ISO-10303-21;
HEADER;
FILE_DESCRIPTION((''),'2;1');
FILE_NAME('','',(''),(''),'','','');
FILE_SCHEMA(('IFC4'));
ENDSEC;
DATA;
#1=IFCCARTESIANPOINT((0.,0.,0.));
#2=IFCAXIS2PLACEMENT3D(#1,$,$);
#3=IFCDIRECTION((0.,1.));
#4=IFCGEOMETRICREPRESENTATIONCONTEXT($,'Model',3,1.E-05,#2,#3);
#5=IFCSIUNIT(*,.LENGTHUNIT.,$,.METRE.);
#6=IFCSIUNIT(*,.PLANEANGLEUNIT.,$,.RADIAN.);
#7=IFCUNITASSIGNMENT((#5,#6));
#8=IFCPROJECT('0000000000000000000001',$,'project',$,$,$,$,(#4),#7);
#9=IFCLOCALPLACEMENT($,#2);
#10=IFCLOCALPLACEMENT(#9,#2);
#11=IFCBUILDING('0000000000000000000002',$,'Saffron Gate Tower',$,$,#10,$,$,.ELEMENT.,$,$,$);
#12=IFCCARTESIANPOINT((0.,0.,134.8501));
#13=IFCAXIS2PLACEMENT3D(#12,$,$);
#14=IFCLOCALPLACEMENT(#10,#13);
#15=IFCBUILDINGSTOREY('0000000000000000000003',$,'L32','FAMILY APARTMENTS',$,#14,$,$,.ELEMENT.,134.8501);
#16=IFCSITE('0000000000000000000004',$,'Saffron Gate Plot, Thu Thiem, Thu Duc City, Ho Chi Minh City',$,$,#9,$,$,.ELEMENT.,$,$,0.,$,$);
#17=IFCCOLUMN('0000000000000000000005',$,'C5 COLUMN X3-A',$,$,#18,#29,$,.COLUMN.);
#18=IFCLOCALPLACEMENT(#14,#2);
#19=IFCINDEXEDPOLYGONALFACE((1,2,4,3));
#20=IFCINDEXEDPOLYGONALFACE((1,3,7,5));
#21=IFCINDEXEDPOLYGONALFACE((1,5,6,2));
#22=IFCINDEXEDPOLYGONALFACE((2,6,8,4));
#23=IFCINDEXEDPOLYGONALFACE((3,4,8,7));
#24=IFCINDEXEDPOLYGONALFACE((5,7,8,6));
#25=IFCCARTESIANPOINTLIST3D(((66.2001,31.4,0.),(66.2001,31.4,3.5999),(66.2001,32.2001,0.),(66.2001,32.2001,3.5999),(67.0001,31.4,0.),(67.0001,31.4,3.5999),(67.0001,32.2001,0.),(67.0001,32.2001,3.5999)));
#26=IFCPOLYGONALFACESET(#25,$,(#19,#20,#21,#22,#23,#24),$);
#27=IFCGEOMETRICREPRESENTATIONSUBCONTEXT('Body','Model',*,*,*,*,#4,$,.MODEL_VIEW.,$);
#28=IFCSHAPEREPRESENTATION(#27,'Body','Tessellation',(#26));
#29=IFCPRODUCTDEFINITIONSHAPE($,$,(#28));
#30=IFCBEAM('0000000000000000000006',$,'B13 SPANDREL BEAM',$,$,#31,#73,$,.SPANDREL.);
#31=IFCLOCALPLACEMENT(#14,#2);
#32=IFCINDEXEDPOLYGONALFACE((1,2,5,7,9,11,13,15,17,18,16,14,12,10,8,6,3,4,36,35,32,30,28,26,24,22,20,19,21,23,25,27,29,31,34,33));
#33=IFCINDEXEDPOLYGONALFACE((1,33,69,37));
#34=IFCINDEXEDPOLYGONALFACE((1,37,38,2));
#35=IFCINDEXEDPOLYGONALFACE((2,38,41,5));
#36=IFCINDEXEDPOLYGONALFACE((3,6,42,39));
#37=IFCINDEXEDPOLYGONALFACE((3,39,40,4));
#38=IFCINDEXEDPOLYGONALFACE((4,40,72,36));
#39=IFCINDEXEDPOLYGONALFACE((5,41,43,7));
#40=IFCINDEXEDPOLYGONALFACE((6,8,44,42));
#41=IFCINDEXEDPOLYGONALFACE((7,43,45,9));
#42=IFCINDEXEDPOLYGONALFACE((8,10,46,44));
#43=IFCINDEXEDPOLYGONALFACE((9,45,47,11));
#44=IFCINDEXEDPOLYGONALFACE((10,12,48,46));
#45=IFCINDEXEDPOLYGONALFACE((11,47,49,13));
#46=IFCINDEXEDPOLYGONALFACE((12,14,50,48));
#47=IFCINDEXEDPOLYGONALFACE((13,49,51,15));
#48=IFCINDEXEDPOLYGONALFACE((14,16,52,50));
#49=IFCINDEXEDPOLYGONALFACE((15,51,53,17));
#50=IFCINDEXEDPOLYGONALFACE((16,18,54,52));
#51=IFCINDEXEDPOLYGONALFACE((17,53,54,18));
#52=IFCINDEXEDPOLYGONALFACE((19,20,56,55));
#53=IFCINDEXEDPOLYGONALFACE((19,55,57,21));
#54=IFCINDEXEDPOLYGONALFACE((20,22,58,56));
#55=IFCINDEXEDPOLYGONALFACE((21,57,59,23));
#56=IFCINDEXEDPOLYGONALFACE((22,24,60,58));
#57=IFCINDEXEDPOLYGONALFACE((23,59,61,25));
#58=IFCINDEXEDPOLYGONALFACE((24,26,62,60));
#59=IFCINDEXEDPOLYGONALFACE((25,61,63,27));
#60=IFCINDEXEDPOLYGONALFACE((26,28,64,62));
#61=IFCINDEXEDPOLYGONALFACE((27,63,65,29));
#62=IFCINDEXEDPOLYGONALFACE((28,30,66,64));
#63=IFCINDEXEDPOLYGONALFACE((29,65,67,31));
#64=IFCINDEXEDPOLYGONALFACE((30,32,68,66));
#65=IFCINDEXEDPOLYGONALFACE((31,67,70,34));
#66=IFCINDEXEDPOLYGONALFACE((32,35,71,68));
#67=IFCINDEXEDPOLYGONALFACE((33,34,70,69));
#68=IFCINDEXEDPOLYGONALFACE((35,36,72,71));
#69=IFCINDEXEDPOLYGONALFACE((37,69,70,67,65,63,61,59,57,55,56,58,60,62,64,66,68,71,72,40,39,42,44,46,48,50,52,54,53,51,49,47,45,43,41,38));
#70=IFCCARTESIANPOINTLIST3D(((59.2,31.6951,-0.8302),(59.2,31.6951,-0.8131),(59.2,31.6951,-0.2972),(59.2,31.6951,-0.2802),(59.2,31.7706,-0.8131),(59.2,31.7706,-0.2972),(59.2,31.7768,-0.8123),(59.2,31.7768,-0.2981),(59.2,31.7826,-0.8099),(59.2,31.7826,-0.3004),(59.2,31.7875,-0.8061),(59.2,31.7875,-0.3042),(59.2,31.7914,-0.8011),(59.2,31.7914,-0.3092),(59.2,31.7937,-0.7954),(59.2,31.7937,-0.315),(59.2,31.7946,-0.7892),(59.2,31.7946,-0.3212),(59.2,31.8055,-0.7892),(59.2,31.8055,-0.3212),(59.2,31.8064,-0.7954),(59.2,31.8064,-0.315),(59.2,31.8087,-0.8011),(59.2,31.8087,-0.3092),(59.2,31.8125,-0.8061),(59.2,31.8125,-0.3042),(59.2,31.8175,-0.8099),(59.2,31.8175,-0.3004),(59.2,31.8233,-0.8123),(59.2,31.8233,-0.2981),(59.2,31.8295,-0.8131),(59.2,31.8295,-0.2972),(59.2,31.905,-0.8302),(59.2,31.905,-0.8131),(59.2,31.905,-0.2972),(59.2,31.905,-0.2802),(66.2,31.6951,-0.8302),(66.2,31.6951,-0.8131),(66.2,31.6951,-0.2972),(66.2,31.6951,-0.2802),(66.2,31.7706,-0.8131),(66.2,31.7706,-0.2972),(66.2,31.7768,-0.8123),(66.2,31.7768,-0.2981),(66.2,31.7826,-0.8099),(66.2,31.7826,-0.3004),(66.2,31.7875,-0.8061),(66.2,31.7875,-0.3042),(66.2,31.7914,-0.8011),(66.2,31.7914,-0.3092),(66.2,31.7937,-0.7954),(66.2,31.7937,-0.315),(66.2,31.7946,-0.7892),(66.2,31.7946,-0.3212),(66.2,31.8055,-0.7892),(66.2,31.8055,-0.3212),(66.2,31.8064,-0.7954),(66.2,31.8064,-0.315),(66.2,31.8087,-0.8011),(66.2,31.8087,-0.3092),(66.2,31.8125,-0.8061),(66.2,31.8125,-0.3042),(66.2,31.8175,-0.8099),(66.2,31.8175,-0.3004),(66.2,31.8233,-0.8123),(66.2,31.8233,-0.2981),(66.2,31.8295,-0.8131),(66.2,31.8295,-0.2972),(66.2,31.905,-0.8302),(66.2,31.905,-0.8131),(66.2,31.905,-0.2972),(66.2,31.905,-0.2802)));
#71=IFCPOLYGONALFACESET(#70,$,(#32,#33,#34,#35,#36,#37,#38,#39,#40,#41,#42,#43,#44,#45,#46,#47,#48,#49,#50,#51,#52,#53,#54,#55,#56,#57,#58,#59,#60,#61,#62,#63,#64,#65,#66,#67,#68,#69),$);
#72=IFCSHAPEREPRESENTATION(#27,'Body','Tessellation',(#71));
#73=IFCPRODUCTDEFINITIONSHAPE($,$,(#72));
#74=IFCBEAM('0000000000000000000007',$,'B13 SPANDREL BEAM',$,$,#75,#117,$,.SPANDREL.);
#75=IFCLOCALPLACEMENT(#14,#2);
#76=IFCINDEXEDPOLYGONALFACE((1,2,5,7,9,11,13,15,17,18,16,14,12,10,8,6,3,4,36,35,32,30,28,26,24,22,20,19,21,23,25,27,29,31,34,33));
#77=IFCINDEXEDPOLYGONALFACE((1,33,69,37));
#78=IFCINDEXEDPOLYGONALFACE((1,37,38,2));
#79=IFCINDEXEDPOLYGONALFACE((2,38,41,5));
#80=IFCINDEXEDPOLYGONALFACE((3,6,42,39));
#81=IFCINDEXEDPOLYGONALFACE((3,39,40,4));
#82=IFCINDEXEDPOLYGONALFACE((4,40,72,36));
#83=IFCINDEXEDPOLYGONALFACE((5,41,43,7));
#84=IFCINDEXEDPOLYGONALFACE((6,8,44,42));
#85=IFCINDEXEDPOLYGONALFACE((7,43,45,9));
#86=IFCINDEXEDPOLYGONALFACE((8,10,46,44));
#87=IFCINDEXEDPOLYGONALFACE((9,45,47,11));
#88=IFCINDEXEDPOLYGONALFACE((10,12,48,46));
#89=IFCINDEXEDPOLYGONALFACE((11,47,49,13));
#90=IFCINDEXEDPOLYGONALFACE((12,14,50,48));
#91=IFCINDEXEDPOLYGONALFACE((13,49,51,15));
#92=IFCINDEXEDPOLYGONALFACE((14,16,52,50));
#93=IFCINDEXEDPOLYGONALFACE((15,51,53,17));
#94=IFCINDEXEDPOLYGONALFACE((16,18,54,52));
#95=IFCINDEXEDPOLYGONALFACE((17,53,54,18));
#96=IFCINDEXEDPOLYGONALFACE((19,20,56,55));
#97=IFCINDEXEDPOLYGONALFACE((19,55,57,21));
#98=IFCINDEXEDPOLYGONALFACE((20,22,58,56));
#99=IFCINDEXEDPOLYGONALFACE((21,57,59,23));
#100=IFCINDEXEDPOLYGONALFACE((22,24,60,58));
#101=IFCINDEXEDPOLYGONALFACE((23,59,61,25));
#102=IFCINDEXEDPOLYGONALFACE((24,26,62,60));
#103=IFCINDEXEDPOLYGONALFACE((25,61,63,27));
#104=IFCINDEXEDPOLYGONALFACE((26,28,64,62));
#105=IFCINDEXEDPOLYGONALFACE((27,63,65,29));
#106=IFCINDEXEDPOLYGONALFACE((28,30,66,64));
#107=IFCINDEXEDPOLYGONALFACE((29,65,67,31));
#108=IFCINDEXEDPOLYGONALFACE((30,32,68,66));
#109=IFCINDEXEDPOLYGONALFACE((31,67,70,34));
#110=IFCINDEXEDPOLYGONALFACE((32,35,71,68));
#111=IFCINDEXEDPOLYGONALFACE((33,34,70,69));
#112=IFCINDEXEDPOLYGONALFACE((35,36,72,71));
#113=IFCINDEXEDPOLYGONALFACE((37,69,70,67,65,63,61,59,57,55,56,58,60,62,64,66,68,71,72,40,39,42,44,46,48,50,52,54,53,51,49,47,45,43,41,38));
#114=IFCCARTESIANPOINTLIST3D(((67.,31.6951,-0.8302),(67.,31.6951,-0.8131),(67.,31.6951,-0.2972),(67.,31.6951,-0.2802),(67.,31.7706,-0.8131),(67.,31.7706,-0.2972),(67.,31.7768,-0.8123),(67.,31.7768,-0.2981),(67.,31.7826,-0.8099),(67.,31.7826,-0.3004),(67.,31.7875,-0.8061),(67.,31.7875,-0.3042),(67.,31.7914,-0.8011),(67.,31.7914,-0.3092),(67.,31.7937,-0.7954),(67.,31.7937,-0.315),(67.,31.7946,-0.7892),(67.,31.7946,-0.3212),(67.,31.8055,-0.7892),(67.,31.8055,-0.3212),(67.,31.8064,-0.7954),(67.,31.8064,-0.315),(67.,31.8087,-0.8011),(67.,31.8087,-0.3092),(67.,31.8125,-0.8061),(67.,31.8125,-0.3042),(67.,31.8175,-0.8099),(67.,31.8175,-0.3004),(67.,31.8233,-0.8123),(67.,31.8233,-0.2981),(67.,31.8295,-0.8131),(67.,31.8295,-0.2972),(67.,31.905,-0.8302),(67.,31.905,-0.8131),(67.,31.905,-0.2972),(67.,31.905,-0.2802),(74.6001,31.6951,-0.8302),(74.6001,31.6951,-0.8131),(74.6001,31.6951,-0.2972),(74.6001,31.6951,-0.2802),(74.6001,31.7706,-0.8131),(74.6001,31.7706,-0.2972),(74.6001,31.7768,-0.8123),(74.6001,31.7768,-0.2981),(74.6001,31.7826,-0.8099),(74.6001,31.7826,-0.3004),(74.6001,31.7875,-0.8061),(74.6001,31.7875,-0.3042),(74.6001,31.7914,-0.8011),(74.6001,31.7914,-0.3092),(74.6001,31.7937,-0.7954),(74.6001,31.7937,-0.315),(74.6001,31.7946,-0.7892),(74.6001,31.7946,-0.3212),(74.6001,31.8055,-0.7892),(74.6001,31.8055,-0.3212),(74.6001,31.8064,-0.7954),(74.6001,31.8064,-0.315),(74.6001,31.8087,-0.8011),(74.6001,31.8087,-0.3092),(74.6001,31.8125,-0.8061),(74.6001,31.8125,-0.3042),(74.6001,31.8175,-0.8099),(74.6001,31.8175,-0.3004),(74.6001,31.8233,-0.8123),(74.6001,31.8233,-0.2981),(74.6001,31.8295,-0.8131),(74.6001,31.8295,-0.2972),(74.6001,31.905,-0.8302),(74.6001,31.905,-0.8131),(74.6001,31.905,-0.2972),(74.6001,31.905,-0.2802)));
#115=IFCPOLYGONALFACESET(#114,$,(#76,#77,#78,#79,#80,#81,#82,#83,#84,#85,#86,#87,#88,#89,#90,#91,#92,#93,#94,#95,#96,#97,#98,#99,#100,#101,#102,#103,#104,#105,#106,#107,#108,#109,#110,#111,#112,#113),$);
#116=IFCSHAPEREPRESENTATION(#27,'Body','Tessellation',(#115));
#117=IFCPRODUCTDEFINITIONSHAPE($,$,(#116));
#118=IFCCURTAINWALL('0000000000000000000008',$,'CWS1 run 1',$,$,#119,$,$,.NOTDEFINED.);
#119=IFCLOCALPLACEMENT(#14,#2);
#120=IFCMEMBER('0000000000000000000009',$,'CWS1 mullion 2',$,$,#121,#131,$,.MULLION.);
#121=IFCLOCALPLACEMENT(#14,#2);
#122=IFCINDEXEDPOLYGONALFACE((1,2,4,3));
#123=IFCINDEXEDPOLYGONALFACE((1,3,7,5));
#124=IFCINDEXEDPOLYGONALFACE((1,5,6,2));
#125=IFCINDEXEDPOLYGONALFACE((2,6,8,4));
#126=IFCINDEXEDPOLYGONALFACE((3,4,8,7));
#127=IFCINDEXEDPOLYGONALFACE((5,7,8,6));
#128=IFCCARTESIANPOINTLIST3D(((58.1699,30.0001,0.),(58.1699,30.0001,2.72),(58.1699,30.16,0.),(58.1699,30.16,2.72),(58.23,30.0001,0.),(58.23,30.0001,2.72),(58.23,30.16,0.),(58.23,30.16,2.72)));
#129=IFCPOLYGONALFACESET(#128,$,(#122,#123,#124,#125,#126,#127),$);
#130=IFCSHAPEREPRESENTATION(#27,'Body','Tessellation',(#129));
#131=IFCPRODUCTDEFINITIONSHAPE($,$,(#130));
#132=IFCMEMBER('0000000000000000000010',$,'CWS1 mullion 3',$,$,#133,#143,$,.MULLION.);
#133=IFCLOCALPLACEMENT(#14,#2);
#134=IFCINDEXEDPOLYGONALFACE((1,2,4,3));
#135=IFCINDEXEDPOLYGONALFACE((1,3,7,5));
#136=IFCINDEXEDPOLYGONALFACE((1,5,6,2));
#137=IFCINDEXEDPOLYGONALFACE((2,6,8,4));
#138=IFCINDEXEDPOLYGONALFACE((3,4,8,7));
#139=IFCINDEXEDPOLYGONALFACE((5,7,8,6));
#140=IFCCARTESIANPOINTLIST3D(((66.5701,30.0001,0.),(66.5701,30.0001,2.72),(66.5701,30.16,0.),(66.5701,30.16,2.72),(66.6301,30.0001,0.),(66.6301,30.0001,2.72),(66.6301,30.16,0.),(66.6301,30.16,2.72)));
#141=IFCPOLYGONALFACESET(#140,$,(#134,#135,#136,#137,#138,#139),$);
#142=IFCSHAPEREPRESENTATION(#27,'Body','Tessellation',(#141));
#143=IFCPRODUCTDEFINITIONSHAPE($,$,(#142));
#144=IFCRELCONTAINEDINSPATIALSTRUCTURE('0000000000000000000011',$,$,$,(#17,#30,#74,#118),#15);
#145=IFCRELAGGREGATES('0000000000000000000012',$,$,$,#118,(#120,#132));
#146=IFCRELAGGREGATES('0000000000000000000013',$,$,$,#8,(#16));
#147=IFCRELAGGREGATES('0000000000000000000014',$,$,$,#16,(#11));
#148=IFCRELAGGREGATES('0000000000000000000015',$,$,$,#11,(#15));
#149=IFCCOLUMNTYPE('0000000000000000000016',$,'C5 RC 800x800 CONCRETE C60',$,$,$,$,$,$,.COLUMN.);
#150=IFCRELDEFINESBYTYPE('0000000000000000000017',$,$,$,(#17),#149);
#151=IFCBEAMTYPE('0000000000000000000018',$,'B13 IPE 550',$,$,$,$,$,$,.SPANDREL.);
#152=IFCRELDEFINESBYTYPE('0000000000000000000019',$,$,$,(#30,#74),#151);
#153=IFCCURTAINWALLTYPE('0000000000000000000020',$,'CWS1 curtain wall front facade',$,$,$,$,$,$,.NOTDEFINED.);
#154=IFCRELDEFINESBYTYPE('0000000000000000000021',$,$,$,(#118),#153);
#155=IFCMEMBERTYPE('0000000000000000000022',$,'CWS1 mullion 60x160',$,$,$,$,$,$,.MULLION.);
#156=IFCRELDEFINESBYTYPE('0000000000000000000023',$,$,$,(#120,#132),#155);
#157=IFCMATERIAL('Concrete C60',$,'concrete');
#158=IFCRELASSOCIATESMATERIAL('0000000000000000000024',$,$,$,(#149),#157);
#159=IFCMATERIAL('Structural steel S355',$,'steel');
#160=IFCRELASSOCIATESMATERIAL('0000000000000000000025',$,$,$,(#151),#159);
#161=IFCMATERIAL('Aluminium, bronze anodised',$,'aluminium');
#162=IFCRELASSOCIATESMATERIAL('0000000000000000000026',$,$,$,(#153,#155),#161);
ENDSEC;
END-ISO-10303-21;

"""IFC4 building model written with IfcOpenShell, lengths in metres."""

from ifc_helpers import new_model, si_unit, direction, frame, origin, origin_2d, place, context, subcontext, project, spatial, rectangle, i_section, extrude, material, material_profile, profile_set, type_object, element, aggregate, save


model = new_model("IFC4")

# Units and contexts
model_context = context("Model", 3, precision=1e-05, world=origin(), true_north=direction((0.0, 1.0)))
body_context = subcontext(model_context, "Body", "Model", "MODEL_VIEW")
ifc_project = project(units=[si_unit("LENGTHUNIT", "METRE"), si_unit("PLANEANGLEUNIT", "RADIAN")], contexts=[model_context])

# Site, building, storey
site_placement = place(None, origin())
site = spatial("IfcSite", under=ifc_project, at=site_placement, Name="Saffron Gate Plot, Thu Thiem, Thu Duc City, Ho Chi Minh City", CompositionType="ELEMENT", RefElevation=0.0)
building_placement = place(site_placement, origin())
building = spatial("IfcBuilding", under=site, at=building_placement, Name="Saffron Gate Tower", CompositionType="ELEMENT")
storey_placement = place(building_placement, frame((0.0, 0.0, 134.8501)))
storey = spatial("IfcBuildingStorey", under=building, at=storey_placement, Name="L32", Description="FAMILY APARTMENTS", CompositionType="ELEMENT", Elevation=134.8501)

# Column
ifc_material_1 = material(Name="Concrete C60", Category="concrete")
ifc_material_profile_1 = material_profile(ifc_material_1, rectangle(XDim=0.8, YDim=0.8, at=origin_2d()))
ifc_profile_set_1 = profile_set([ifc_material_profile_1], Name="Concrete C60")
column_type = type_object("IfcColumnType", Name="C5 RC 800x800 CONCRETE C60", PredefinedType="COLUMN", material=ifc_profile_set_1)
column_placement = place(storey_placement, frame((66.6001, 31.8, 0.0), z_axis=(0.0, 0.0, 1.0), x_axis=(1.0, 0.0, 0.0)))
element("IfcColumn", 1, at=column_placement, inside=storey, type_object=column_type, Name="C5 COLUMN X3-A", PredefinedType="COLUMN", context=body_context, shape_type="SweptSolid", body=[
    extrude(rectangle(XDim=0.8, YDim=0.8, at=origin_2d()), origin(), (0.0, 0.0, 1.0), 3.5999),
])

# Beams
ifc_material_2 = material(Name="Structural steel S355", Category="steel")
ifc_material_profile_2 = material_profile(ifc_material_2, i_section(OverallWidth=0.21, OverallDepth=0.55, WebThickness=0.011, FlangeThickness=0.0171, FilletRadius=0.0239, at=origin_2d()))
ifc_profile_set_2 = profile_set([ifc_material_profile_2], Name="Structural steel S355")
beam_type = type_object("IfcBeamType", Name="B13 IPE 550", PredefinedType="SPANDREL", material=ifc_profile_set_2)
beam_1_placement = place(storey_placement, frame((59.2, 31.8, -0.5552), z_axis=(1.0, 0.0, 0.0), x_axis=(0.0, 1.0, 0.0)))
element("IfcBeam", 2, at=beam_1_placement, inside=storey, type_object=beam_type, Name="B13 SPANDREL BEAM", PredefinedType="SPANDREL", context=body_context, shape_type="SweptSolid", body=[
    extrude(i_section(OverallWidth=0.21, OverallDepth=0.55, WebThickness=0.011, FlangeThickness=0.0171, FilletRadius=0.0239, at=origin_2d()), origin(), (0.0, 0.0, 1.0), 7.0),
])
beam_2_placement = place(storey_placement, frame((67.0, 31.8, -0.5552), z_axis=(1.0, 0.0, 0.0), x_axis=(0.0, 1.0, 0.0)))
element("IfcBeam", 3, at=beam_2_placement, inside=storey, type_object=beam_type, Name="B13 SPANDREL BEAM", PredefinedType="SPANDREL", context=body_context, shape_type="SweptSolid", body=[
    extrude(i_section(OverallWidth=0.21, OverallDepth=0.55, WebThickness=0.011, FlangeThickness=0.0171, FilletRadius=0.0239, at=origin_2d()), origin(), (0.0, 0.0, 1.0), 7.6001),
])

# Curtain wall, members
ifc_material_3 = material(Name="Aluminium, bronze anodised", Category="aluminium")
curtain_wall_type = type_object("IfcCurtainWallType", Name="CWS1 curtain wall front facade", PredefinedType="NOTDEFINED", material=ifc_material_3)
curtain_wall_placement = place(storey_placement, origin())
curtain_wall = element("IfcCurtainWall", 4, at=curtain_wall_placement, inside=storey, type_object=curtain_wall_type, Name="CWS1 run 1", PredefinedType="NOTDEFINED")
ifc_material_profile_3 = material_profile(ifc_material_3, rectangle(XDim=0.1599, YDim=0.0601, at=origin_2d()))
ifc_profile_set_3 = profile_set([ifc_material_profile_3], Name="Aluminium, bronze anodised")
member_type = type_object("IfcMemberType", Name="CWS1 mullion 60x160", PredefinedType="MULLION", material=ifc_profile_set_3)
member_1_placement = place(storey_placement, frame((58.2, 30.0801, 0.0), z_axis=(0.0, 0.0, 1.0), x_axis=(0.0, 1.0, 0.0)))
member_1 = element("IfcMember", 5, at=member_1_placement, type_object=member_type, Name="CWS1 mullion 2", PredefinedType="MULLION", context=body_context, shape_type="SweptSolid", body=[
    extrude(rectangle(XDim=0.1599, YDim=0.0601, at=origin_2d()), origin(), (0.0, 0.0, 1.0), 2.72),
])
member_2_placement = place(storey_placement, frame((66.6001, 30.0801, 0.0), z_axis=(0.0, 0.0, 1.0), x_axis=(0.0, 1.0, 0.0)))
member_2 = element("IfcMember", 6, at=member_2_placement, type_object=member_type, Name="CWS1 mullion 3", PredefinedType="MULLION", context=body_context, shape_type="SweptSolid", body=[
    extrude(rectangle(XDim=0.1599, YDim=0.0601, at=origin_2d()), origin(), (0.0, 0.0, 1.0), 2.72),
])
aggregate(curtain_wall, [member_1, member_2])

save(model, "model.ifc")
